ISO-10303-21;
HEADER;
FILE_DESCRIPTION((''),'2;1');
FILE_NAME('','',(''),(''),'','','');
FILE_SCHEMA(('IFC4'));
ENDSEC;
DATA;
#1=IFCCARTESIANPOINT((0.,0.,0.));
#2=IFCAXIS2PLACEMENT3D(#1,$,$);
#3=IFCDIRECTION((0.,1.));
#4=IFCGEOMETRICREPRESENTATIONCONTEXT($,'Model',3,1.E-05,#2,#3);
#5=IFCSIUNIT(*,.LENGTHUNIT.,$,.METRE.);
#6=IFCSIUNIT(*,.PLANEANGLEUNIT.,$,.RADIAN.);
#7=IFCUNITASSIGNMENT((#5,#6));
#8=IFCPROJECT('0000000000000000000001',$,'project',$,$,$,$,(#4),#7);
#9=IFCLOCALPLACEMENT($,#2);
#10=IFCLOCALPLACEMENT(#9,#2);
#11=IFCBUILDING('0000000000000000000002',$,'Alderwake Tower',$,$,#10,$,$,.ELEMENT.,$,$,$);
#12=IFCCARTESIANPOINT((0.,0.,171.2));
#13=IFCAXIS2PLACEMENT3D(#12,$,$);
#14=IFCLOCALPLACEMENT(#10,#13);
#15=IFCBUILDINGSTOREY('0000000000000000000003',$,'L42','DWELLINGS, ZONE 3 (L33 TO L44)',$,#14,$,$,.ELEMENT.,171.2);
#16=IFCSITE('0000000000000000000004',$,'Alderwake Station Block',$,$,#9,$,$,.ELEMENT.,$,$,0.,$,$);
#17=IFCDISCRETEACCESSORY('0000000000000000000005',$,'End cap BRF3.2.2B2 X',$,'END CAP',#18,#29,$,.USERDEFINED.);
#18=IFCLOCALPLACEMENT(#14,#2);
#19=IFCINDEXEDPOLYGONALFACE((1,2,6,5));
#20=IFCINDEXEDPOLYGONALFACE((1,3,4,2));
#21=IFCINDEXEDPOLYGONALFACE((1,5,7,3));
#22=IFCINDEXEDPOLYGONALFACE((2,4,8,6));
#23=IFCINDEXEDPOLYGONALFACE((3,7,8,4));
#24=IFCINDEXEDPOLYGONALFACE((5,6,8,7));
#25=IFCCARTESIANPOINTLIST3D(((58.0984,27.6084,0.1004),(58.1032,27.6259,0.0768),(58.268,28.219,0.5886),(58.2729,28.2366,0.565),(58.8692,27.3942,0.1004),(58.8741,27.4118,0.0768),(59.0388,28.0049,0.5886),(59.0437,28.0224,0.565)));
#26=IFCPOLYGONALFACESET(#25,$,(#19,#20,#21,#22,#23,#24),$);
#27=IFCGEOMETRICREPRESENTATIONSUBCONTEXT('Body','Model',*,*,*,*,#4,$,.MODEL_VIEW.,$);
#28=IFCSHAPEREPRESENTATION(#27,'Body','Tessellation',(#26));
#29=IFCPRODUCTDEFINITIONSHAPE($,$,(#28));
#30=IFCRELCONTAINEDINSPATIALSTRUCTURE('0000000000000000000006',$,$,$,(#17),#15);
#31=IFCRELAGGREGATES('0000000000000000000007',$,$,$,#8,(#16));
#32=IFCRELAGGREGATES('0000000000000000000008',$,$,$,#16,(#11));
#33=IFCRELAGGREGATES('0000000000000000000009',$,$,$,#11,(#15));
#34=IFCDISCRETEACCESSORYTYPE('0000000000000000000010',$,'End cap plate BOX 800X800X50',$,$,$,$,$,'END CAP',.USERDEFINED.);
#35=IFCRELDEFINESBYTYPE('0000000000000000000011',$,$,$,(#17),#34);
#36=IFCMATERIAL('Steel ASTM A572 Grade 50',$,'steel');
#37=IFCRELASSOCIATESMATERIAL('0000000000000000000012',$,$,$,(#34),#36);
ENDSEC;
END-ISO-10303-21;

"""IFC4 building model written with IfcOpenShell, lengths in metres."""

from ifc_helpers import new_model, si_unit, direction, frame, origin, origin_2d, place, context, subcontext, project, spatial, rectangle, extrude, material, material_profile, profile_set, type_object, element, save


model = new_model("IFC4")

# Units and contexts
model_context = context("Model", 3, precision=1e-05, world=origin(), true_north=direction((0.0, 1.0)))
body_context = subcontext(model_context, "Body", "Model", "MODEL_VIEW")
ifc_project = project(units=[si_unit("LENGTHUNIT", "METRE"), si_unit("PLANEANGLEUNIT", "RADIAN")], contexts=[model_context])

# Site, building, storey
site_placement = place(None, origin())
site = spatial("IfcSite", under=ifc_project, at=site_placement, Name="Alderwake Station Block", CompositionType="ELEMENT", RefElevation=0.0)
building_placement = place(site_placement, origin())
building = spatial("IfcBuilding", under=site, at=building_placement, Name="Alderwake Tower", CompositionType="ELEMENT")
storey_placement = place(building_placement, frame((0.0, 0.0, 171.2)))
storey = spatial("IfcBuildingStorey", under=building, at=storey_placement, Name="L42", Description="DWELLINGS, ZONE 3 (L33 TO L44)", CompositionType="ELEMENT", Elevation=171.2)

# Discrete accessory
ifc_material_1 = material(Name="Steel ASTM A572 Grade 50", Category="steel")
ifc_material_profile_1 = material_profile(ifc_material_1, rectangle(XDim=0.8, YDim=0.8, at=origin_2d()), Name="BOX 800X800X50 cap")
ifc_profile_set_1 = profile_set([ifc_material_profile_1], Name="Steel ASTM A572 Grade 50")
discrete_accessory_type = type_object("IfcDiscreteAccessoryType", Name="End cap plate BOX 800X800X50", ElementType="END CAP", PredefinedType="USERDEFINED", material=ifc_profile_set_1)
discrete_accessory_placement = place(storey_placement, frame((58.5686, 27.8066, 0.3445), z_axis=(0.163337, 0.588015, -0.792187), x_axis=(-0.963518, 0.267644, 0.0)))
element("IfcDiscreteAccessory", 1, at=discrete_accessory_placement, inside=storey, type_object=discrete_accessory_type, Name="End cap BRF3.2.2B2 X", ObjectType="END CAP", PredefinedType="USERDEFINED", context=body_context, shape_type="SweptSolid", body=[
    extrude(rectangle(XDim=0.8, YDim=0.8, at=origin_2d()), origin(), (0.0, 0.0, 1.0), 0.0298),
])

save(model, "model.ifc")
